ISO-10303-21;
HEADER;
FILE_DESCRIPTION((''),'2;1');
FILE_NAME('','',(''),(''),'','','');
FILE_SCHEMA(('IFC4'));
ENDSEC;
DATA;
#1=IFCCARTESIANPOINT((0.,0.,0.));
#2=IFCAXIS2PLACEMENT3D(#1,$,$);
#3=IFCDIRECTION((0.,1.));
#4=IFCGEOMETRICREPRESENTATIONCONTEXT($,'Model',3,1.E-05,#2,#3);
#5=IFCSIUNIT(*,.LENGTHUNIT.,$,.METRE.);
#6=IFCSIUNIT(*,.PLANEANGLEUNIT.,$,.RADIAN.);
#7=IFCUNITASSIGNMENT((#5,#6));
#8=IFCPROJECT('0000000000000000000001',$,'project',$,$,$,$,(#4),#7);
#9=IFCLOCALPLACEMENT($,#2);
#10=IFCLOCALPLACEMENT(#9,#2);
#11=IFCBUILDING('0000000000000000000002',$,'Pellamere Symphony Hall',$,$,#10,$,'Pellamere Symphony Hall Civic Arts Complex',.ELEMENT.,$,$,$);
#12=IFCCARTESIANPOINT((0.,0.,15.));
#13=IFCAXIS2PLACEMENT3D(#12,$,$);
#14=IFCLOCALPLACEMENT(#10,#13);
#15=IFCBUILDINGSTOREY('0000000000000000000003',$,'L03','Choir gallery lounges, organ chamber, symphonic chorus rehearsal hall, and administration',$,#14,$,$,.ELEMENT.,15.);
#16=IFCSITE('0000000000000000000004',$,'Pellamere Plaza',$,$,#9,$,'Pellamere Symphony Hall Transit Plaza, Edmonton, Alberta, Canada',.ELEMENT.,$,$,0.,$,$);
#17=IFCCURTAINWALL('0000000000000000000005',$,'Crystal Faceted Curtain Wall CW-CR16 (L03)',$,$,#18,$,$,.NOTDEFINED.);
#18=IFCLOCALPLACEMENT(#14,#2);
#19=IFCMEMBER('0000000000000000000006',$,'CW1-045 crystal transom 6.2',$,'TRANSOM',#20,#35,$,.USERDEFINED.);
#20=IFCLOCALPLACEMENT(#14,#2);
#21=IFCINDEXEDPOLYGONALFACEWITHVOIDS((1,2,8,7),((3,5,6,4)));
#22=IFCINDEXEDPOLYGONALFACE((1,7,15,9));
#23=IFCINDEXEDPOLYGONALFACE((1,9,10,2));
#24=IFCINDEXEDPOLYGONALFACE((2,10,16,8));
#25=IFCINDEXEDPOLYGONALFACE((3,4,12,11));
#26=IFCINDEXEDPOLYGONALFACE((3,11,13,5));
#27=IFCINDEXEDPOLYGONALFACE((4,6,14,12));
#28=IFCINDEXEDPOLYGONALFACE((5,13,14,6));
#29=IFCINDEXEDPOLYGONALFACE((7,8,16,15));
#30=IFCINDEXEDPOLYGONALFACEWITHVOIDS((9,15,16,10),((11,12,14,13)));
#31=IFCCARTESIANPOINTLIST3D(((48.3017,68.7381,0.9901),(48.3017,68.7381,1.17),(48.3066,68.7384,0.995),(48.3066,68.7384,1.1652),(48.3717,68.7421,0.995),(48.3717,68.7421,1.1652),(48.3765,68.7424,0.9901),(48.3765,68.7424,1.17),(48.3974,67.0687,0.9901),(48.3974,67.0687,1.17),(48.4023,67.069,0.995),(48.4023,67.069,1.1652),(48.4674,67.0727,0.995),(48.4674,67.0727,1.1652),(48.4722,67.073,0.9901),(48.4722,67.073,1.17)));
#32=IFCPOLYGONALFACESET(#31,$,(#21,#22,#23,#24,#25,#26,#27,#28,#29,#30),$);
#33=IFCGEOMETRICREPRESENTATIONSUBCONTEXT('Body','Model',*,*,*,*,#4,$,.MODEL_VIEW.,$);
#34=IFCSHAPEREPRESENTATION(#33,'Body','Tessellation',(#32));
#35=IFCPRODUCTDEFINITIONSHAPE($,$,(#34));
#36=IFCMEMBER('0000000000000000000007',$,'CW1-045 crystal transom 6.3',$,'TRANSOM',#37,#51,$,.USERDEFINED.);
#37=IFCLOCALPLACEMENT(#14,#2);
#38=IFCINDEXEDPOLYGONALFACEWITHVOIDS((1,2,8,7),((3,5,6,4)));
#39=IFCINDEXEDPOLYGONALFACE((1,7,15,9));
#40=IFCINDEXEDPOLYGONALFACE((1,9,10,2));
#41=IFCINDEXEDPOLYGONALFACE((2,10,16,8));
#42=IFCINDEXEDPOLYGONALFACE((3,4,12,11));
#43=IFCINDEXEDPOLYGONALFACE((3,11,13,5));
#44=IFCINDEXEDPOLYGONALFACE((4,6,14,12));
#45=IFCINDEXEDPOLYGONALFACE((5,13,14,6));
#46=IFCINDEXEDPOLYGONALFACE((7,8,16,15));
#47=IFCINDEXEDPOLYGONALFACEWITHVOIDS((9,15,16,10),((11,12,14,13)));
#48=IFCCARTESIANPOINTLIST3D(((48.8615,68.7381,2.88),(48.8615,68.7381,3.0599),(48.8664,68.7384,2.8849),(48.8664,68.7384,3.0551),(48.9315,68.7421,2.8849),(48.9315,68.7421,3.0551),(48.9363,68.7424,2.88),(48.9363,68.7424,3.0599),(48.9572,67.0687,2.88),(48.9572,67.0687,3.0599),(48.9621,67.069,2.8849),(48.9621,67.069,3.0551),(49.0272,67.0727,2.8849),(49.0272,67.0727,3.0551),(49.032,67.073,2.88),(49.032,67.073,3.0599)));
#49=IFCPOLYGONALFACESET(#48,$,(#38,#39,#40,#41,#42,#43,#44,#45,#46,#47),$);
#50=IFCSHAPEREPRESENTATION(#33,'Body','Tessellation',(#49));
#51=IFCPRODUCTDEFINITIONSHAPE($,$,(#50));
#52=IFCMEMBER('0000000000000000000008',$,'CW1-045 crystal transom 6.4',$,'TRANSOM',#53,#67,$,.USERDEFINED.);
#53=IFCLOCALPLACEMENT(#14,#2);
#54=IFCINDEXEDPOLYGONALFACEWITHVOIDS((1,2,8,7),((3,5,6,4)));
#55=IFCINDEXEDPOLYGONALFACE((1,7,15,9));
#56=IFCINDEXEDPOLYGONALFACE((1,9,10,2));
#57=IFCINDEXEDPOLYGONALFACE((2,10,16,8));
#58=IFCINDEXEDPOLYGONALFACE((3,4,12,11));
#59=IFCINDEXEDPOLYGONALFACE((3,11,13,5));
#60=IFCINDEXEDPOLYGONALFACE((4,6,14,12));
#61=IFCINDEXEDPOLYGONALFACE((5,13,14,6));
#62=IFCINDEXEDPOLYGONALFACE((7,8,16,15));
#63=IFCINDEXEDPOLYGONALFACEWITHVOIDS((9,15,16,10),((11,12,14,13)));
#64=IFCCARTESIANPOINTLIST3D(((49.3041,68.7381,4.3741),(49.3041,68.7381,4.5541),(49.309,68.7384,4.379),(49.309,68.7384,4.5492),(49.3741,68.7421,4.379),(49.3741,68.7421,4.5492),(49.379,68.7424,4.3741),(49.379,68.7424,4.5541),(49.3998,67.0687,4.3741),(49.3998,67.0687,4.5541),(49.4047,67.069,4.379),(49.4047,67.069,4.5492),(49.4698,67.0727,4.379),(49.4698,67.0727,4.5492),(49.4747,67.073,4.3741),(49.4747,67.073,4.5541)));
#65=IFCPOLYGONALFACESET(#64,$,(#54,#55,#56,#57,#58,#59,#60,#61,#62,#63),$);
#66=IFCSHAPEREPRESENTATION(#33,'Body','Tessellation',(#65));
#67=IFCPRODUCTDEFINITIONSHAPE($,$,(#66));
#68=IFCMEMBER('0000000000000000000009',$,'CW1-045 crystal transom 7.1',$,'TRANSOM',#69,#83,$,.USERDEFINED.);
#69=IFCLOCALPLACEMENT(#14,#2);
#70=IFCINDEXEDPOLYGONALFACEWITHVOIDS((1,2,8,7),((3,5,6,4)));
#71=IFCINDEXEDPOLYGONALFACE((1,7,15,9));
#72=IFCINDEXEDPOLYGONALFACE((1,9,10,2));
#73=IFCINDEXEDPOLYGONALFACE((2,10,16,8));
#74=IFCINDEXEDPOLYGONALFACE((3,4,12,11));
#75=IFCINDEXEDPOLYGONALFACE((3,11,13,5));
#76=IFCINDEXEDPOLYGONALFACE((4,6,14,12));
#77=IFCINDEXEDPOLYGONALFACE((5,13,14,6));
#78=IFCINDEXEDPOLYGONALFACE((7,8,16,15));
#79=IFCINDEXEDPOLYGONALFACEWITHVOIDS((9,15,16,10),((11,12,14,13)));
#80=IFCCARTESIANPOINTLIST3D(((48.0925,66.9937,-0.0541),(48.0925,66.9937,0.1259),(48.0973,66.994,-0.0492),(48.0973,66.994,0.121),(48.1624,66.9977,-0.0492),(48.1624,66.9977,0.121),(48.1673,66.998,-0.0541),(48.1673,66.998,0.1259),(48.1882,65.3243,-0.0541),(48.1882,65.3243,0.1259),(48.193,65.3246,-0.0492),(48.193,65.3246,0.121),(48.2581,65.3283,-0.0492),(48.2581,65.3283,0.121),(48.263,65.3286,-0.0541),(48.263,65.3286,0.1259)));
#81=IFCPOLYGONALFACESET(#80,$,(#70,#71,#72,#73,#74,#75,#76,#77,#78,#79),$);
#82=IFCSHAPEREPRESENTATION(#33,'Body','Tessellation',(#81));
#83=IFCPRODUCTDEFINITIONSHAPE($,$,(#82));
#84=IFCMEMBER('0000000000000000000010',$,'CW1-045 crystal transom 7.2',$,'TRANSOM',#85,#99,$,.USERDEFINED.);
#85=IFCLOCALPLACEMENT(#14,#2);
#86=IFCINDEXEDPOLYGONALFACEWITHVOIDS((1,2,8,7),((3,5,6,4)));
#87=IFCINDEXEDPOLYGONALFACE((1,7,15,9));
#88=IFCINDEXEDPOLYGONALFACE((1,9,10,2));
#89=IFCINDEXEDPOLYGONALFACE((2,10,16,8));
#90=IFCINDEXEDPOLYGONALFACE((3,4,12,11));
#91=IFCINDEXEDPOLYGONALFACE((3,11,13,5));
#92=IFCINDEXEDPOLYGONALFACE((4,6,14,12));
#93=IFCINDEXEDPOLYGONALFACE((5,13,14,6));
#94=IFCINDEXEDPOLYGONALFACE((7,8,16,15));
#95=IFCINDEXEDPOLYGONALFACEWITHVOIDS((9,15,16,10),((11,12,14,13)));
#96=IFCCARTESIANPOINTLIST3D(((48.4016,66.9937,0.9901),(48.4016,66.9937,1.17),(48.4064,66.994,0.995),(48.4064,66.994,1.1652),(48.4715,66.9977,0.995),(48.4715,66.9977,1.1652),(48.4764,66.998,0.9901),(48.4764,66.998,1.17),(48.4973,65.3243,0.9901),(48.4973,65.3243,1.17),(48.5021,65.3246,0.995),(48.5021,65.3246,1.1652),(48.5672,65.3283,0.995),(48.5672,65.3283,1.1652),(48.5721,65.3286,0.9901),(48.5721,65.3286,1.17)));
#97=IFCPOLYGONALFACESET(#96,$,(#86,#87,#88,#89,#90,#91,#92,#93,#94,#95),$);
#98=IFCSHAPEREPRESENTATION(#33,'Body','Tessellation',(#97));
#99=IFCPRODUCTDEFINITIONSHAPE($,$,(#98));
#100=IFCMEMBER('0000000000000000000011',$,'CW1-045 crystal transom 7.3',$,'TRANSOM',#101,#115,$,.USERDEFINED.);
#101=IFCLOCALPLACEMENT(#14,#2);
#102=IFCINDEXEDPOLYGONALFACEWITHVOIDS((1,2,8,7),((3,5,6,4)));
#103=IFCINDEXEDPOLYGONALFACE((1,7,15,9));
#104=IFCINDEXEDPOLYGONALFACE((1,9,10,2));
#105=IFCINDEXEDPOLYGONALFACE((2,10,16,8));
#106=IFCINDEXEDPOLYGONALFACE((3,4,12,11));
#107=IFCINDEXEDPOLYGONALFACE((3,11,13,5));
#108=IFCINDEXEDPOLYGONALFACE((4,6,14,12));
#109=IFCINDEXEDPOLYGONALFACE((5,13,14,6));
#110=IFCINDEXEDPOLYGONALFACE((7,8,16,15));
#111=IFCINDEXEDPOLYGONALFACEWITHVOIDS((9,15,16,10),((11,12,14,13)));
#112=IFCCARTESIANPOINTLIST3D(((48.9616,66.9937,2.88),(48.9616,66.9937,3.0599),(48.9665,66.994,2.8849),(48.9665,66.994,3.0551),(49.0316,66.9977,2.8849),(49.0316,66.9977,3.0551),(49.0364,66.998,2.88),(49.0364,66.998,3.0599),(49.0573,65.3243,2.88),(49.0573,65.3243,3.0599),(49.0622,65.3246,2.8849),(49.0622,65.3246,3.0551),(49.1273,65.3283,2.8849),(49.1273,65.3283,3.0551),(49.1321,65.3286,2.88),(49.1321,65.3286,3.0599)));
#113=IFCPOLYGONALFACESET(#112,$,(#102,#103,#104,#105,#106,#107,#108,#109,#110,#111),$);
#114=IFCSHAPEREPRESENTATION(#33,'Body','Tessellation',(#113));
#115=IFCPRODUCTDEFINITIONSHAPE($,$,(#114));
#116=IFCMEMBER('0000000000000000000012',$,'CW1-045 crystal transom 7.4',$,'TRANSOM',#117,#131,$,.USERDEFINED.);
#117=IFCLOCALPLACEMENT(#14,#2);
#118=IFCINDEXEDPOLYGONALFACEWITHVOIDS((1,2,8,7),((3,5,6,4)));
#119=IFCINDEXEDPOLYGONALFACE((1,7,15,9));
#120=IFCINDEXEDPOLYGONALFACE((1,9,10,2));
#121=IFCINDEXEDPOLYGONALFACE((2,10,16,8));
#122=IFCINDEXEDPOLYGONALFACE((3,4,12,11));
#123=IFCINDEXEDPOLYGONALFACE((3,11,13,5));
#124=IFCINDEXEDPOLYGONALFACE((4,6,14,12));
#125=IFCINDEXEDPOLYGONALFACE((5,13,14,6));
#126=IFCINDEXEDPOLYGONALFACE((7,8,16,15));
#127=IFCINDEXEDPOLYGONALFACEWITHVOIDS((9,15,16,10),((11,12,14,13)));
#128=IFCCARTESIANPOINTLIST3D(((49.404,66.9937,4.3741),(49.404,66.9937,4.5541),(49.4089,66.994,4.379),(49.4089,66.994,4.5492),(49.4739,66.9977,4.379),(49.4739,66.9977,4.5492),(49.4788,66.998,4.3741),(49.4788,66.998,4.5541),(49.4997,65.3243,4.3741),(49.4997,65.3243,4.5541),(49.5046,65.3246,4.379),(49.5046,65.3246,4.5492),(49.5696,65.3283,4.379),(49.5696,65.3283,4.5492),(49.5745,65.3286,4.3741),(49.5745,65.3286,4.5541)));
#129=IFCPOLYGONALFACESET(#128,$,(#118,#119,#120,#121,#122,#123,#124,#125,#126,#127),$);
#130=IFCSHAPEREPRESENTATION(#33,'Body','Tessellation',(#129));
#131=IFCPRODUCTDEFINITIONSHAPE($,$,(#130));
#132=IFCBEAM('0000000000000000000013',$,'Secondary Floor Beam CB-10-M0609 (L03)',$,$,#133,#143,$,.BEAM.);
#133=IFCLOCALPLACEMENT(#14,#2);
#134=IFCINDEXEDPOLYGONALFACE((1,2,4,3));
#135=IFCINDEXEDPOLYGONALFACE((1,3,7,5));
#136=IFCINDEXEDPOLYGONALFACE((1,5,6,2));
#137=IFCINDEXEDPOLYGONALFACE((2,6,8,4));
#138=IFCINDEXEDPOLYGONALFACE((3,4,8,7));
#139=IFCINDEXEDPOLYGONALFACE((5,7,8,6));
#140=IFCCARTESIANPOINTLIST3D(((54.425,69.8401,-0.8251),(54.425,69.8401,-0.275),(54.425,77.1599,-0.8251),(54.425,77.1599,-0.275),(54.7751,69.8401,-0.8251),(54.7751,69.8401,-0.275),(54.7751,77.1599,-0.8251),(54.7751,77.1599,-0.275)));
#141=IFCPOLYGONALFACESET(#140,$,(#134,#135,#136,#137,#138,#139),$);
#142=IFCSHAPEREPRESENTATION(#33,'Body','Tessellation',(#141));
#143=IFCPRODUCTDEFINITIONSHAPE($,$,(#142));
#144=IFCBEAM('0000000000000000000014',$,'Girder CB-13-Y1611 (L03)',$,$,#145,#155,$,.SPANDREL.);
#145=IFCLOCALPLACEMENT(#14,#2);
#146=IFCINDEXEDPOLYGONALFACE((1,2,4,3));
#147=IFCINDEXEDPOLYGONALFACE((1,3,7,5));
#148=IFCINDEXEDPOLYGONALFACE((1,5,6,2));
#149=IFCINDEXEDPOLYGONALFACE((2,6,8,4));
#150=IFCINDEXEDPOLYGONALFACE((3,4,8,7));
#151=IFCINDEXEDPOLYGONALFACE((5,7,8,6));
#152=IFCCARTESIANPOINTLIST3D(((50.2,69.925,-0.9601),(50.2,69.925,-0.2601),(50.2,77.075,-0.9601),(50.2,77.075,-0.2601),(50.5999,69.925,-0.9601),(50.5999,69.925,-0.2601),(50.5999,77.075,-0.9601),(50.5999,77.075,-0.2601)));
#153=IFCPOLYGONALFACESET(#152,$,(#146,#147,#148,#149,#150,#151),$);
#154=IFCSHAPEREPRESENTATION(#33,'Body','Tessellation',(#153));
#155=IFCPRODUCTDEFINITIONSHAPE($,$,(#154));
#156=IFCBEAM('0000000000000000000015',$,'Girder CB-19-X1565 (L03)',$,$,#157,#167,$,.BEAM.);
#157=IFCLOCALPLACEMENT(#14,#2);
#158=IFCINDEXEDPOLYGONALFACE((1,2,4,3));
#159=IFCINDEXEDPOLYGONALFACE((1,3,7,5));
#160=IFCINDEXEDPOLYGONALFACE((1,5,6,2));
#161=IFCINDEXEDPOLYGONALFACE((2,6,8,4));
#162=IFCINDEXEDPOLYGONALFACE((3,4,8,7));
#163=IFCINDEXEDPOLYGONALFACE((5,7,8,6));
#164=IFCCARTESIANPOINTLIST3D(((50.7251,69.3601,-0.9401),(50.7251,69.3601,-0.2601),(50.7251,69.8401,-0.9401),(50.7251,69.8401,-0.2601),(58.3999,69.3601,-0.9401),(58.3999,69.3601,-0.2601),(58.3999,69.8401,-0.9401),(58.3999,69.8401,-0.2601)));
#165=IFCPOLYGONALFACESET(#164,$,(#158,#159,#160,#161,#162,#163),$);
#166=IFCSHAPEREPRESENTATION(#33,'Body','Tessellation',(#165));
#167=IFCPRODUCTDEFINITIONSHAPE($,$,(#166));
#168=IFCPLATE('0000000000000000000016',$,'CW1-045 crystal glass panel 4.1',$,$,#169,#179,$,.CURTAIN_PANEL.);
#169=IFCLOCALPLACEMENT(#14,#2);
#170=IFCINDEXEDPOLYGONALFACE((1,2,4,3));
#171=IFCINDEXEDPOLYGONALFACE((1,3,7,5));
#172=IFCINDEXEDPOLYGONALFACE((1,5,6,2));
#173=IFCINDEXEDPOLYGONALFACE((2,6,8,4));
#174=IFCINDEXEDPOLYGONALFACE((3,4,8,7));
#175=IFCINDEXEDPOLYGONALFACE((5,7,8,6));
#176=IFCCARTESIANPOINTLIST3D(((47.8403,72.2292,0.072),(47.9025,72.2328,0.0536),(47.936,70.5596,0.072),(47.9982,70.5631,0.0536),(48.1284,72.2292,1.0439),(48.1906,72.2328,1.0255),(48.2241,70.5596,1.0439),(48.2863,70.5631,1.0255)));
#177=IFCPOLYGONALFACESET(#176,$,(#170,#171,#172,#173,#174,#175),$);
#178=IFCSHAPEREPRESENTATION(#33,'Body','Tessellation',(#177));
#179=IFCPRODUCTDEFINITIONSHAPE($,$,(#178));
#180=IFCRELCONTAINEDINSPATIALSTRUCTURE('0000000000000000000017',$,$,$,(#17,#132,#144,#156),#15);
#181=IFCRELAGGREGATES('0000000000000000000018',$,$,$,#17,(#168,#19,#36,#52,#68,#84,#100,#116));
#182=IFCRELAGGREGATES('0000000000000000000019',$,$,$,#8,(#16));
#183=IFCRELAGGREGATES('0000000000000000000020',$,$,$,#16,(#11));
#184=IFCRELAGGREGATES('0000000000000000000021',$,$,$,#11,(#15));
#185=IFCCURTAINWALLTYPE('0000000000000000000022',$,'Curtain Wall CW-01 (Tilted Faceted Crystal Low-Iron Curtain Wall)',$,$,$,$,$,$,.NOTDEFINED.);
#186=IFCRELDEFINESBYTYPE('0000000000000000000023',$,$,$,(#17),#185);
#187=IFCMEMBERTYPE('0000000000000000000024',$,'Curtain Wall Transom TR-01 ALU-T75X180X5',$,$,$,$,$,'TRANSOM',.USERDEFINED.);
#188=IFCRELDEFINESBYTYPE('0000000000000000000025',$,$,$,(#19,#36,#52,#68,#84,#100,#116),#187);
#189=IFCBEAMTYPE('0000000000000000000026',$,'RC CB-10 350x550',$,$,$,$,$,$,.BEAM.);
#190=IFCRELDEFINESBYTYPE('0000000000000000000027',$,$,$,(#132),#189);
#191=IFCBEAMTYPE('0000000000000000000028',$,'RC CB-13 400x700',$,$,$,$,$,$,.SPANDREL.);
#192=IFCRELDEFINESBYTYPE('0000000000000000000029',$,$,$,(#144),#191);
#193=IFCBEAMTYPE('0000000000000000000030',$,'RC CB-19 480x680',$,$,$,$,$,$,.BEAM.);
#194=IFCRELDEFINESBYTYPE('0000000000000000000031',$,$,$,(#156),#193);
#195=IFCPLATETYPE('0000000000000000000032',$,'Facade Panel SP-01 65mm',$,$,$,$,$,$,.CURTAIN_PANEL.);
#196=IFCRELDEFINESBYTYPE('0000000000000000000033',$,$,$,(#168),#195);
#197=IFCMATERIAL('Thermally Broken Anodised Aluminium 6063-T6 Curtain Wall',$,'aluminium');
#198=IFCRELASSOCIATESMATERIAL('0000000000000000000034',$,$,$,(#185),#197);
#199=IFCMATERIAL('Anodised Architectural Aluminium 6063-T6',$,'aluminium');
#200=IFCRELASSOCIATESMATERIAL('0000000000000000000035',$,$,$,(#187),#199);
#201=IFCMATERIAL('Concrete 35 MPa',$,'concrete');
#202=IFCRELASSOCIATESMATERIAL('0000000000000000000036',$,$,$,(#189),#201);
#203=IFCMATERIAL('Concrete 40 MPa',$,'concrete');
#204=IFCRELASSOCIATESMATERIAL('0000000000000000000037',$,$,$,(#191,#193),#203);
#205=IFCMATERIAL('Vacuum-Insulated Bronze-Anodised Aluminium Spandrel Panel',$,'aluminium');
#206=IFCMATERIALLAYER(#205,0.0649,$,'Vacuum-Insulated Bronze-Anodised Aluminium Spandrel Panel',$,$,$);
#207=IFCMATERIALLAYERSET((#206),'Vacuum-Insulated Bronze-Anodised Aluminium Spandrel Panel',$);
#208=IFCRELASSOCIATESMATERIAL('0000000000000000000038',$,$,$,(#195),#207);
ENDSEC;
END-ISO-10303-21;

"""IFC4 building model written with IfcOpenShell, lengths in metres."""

from ifc_helpers import new_model, si_unit, direction, frame, origin, origin_2d, place, context, subcontext, project, spatial, polyline, rectangle, hollow_rectangle, outline, extrude, material, layer, layer_set, material_profile, profile_set, type_object, element, aggregate, save


model = new_model("IFC4")

# Units and contexts
model_context = context("Model", 3, precision=1e-05, world=origin(), true_north=direction((0.0, 1.0)))
body_context = subcontext(model_context, "Body", "Model", "MODEL_VIEW")
ifc_project = project(units=[si_unit("LENGTHUNIT", "METRE"), si_unit("PLANEANGLEUNIT", "RADIAN")], contexts=[model_context])

# Site, building, storey
site_placement = place(None, origin())
site = spatial("IfcSite", under=ifc_project, at=site_placement, Name="Pellamere Plaza", LongName="Pellamere Symphony Hall Transit Plaza, Edmonton, Alberta, Canada", CompositionType="ELEMENT", RefElevation=0.0)
building_placement = place(site_placement, origin())
building = spatial("IfcBuilding", under=site, at=building_placement, Name="Pellamere Symphony Hall", LongName="Pellamere Symphony Hall Civic Arts Complex", CompositionType="ELEMENT")
storey_placement = place(building_placement, frame((0.0, 0.0, 15.0)))
storey = spatial("IfcBuildingStorey", under=building, at=storey_placement, Name="L03", Description="Choir gallery lounges, organ chamber, symphonic chorus rehearsal hall, and administration", CompositionType="ELEMENT", Elevation=15.0)

# Shared definitions
ifc_material_1 = material(Name="Concrete 40 MPa", Category="concrete")

# Curtain wall, members
ifc_material_2 = material(Name="Thermally Broken Anodised Aluminium 6063-T6 Curtain Wall", Category="aluminium")
curtain_wall_type = type_object("IfcCurtainWallType", Name="Curtain Wall CW-01 (Tilted Faceted Crystal Low-Iron Curtain Wall)", PredefinedType="NOTDEFINED", material=ifc_material_2)
curtain_wall_placement = place(storey_placement, origin())
curtain_wall = element("IfcCurtainWall", 1, at=curtain_wall_placement, inside=storey, type_object=curtain_wall_type, Name="Crystal Faceted Curtain Wall CW-CR16 (L03)", PredefinedType="NOTDEFINED")
ifc_material_3 = material(Name="Anodised Architectural Aluminium 6063-T6", Category="aluminium")
ifc_material_profile_1 = material_profile(ifc_material_3, hollow_rectangle(XDim=0.075, YDim=0.1799, WallThickness=0.0049, at=origin_2d()), Name="ALU-T75X180X5")
ifc_profile_set_1 = profile_set([ifc_material_profile_1], Name="Anodised Architectural Aluminium 6063-T6")
member_type_1 = type_object("IfcMemberType", Name="Curtain Wall Transom TR-01 ALU-T75X180X5", ElementType="TRANSOM", PredefinedType="USERDEFINED", material=ifc_profile_set_1)
member_1_placement = place(storey_placement, frame((48.3391, 68.7402, 1.0801), z_axis=(0.057233, -0.998361, 0.0), x_axis=(0.998361, 0.057233, 0.0)))
member_1 = element("IfcMember", 2, at=member_1_placement, type_object=member_type_1, Name="CW1-045 crystal transom 6.2", ObjectType="TRANSOM", PredefinedType="USERDEFINED", context=body_context, shape_type="SweptSolid", body=[
    extrude(hollow_rectangle(XDim=0.075, YDim=0.1799, WallThickness=0.0049, at=origin_2d()), origin(), (0.0, 0.0, 1.0), 1.6721),
])
member_2_placement = place(storey_placement, frame((48.8989, 68.7402, 2.97), z_axis=(0.057233, -0.998361, 0.0), x_axis=(0.998361, 0.057233, 0.0)))
member_2 = element("IfcMember", 3, at=member_2_placement, type_object=member_type_1, Name="CW1-045 crystal transom 6.3", ObjectType="TRANSOM", PredefinedType="USERDEFINED", context=body_context, shape_type="SweptSolid", body=[
    extrude(hollow_rectangle(XDim=0.075, YDim=0.1799, WallThickness=0.0049, at=origin_2d()), origin(), (0.0, 0.0, 1.0), 1.6721),
])
member_3_placement = place(storey_placement, frame((49.3416, 68.7402, 4.4641), z_axis=(0.057233, -0.998361, 0.0), x_axis=(0.998361, 0.057233, 0.0)))
member_3 = element("IfcMember", 4, at=member_3_placement, type_object=member_type_1, Name="CW1-045 crystal transom 6.4", ObjectType="TRANSOM", PredefinedType="USERDEFINED", context=body_context, shape_type="SweptSolid", body=[
    extrude(hollow_rectangle(XDim=0.075, YDim=0.1799, WallThickness=0.0049, at=origin_2d()), origin(), (0.0, 0.0, 1.0), 1.6721),
])
member_4_placement = place(storey_placement, frame((48.1299, 66.9958, 0.0359), z_axis=(0.057233, -0.998361, 0.0), x_axis=(0.998361, 0.057233, 0.0)))
member_4 = element("IfcMember", 5, at=member_4_placement, type_object=member_type_1, Name="CW1-045 crystal transom 7.1", ObjectType="TRANSOM", PredefinedType="USERDEFINED", context=body_context, shape_type="SweptSolid", body=[
    extrude(hollow_rectangle(XDim=0.075, YDim=0.1799, WallThickness=0.0049, at=origin_2d()), origin(), (0.0, 0.0, 1.0), 1.6721),
])
member_5_placement = place(storey_placement, frame((48.439, 66.9958, 1.0801), z_axis=(0.057233, -0.998361, 0.0), x_axis=(0.998361, 0.057233, 0.0)))
member_5 = element("IfcMember", 6, at=member_5_placement, type_object=member_type_1, Name="CW1-045 crystal transom 7.2", ObjectType="TRANSOM", PredefinedType="USERDEFINED", context=body_context, shape_type="SweptSolid", body=[
    extrude(hollow_rectangle(XDim=0.075, YDim=0.1799, WallThickness=0.0049, at=origin_2d()), origin(), (0.0, 0.0, 1.0), 1.6721),
])
member_6_placement = place(storey_placement, frame((48.999, 66.9958, 2.97), z_axis=(0.057233, -0.998361, 0.0), x_axis=(0.998361, 0.057233, 0.0)))
member_6 = element("IfcMember", 7, at=member_6_placement, type_object=member_type_1, Name="CW1-045 crystal transom 7.3", ObjectType="TRANSOM", PredefinedType="USERDEFINED", context=body_context, shape_type="SweptSolid", body=[
    extrude(hollow_rectangle(XDim=0.075, YDim=0.1799, WallThickness=0.0049, at=origin_2d()), origin(), (0.0, 0.0, 1.0), 1.6721),
])
member_7_placement = place(storey_placement, frame((49.4414, 66.9958, 4.4641), z_axis=(0.057233, -0.998361, 0.0), x_axis=(0.998361, 0.057233, 0.0)))
member_7 = element("IfcMember", 8, at=member_7_placement, type_object=member_type_1, Name="CW1-045 crystal transom 7.4", ObjectType="TRANSOM", PredefinedType="USERDEFINED", context=body_context, shape_type="SweptSolid", body=[
    extrude(hollow_rectangle(XDim=0.075, YDim=0.1799, WallThickness=0.0049, at=origin_2d()), origin(), (0.0, 0.0, 1.0), 1.6721),
])

# Beams
ifc_material_4 = material(Name="Concrete 35 MPa", Category="concrete")
ifc_material_profile_2 = material_profile(ifc_material_4, rectangle(XDim=0.3501, YDim=0.55, at=origin_2d()), Name="RC 350x550")
ifc_profile_set_2 = profile_set([ifc_material_profile_2], Name="Concrete 35 MPa")
beam_type_1 = type_object("IfcBeamType", Name="RC CB-10 350x550", PredefinedType="BEAM", material=ifc_profile_set_2)
beam_1_placement = place(storey_placement, frame((54.6001, 69.8401, -0.55), z_axis=(0.0, 1.0, 0.0), x_axis=(-1.0, 0.0, 0.0)))
element("IfcBeam", 9, at=beam_1_placement, inside=storey, type_object=beam_type_1, Name="Secondary Floor Beam CB-10-M0609 (L03)", PredefinedType="BEAM", context=body_context, shape_type="SweptSolid", body=[
    extrude(rectangle(XDim=0.3501, YDim=0.55, at=origin_2d()), origin(), (0.0, 0.0, 1.0), 7.3198),
])
ifc_material_profile_3 = material_profile(ifc_material_1, rectangle(XDim=0.3999, YDim=0.7, at=origin_2d()), Name="RC 400x700")
ifc_profile_set_3 = profile_set([ifc_material_profile_3], Name="Concrete 40 MPa")
beam_type_2 = type_object("IfcBeamType", Name="RC CB-13 400x700", PredefinedType="SPANDREL", material=ifc_profile_set_3)
beam_2_placement = place(storey_placement, frame((50.3999, 69.925, -0.6101), z_axis=(0.0, 1.0, 0.0), x_axis=(-1.0, 0.0, 0.0)))
element("IfcBeam", 10, at=beam_2_placement, inside=storey, type_object=beam_type_2, Name="Girder CB-13-Y1611 (L03)", PredefinedType="SPANDREL", context=body_context, shape_type="SweptSolid", body=[
    extrude(rectangle(XDim=0.3999, YDim=0.7, at=origin_2d()), origin(), (0.0, 0.0, 1.0), 7.1499),
])
ifc_material_profile_4 = material_profile(ifc_material_1, rectangle(XDim=0.48, YDim=0.6799, at=origin_2d()), Name="RC 480x680")
ifc_profile_set_4 = profile_set([ifc_material_profile_4], Name="Concrete 40 MPa")
beam_type_3 = type_object("IfcBeamType", Name="RC CB-19 480x680", PredefinedType="BEAM", material=ifc_profile_set_4)
beam_3_placement = place(storey_placement, frame((50.7251, 69.6001, -0.6001), z_axis=(1.0, 0.0, 0.0), x_axis=(0.0, 1.0, 0.0)))
element("IfcBeam", 11, at=beam_3_placement, inside=storey, type_object=beam_type_3, Name="Girder CB-19-X1565 (L03)", PredefinedType="BEAM", context=body_context, shape_type="SweptSolid", body=[
    extrude(rectangle(XDim=0.48, YDim=0.6799, at=origin_2d()), origin(), (0.0, 0.0, 1.0), 7.6748),
])

# Plate
ifc_material_5 = material(Name="Vacuum-Insulated Bronze-Anodised Aluminium Spandrel Panel", Category="aluminium")
ifc_layer = layer(ifc_material_5, 0.0649, Name="Vacuum-Insulated Bronze-Anodised Aluminium Spandrel Panel")
ifc_layer_set = layer_set([ifc_layer], Name="Vacuum-Insulated Bronze-Anodised Aluminium Spandrel Panel")
plate_type = type_object("IfcPlateType", Name="Facade Panel SP-01 65mm", PredefinedType="CURTAIN_PANEL", material=ifc_layer_set)
plate_1_placement = place(storey_placement, frame((47.8403, 72.2292, 0.072), z_axis=(-0.957324, -0.054872, 0.283759), x_axis=(0.057224, -0.998361, 0.0)))
plate_1 = element("IfcPlate", 12, at=plate_1_placement, type_object=plate_type, Name="CW1-045 crystal glass panel 4.1", PredefinedType="CURTAIN_PANEL", context=body_context, shape_type="SweptSolid", body=[
    extrude(outline(polyline([(0.0, 0.0), (1.6724, 0.0), (1.6889, 1.0136), (0.0165, 1.0136), (0.0, 0.0)])), origin(), (0.0, 0.0, -1.0), 0.0649),
])
aggregate(curtain_wall, [plate_1, member_1, member_2, member_3, member_4, member_5, member_6, member_7])

save(model, "model.ifc")
